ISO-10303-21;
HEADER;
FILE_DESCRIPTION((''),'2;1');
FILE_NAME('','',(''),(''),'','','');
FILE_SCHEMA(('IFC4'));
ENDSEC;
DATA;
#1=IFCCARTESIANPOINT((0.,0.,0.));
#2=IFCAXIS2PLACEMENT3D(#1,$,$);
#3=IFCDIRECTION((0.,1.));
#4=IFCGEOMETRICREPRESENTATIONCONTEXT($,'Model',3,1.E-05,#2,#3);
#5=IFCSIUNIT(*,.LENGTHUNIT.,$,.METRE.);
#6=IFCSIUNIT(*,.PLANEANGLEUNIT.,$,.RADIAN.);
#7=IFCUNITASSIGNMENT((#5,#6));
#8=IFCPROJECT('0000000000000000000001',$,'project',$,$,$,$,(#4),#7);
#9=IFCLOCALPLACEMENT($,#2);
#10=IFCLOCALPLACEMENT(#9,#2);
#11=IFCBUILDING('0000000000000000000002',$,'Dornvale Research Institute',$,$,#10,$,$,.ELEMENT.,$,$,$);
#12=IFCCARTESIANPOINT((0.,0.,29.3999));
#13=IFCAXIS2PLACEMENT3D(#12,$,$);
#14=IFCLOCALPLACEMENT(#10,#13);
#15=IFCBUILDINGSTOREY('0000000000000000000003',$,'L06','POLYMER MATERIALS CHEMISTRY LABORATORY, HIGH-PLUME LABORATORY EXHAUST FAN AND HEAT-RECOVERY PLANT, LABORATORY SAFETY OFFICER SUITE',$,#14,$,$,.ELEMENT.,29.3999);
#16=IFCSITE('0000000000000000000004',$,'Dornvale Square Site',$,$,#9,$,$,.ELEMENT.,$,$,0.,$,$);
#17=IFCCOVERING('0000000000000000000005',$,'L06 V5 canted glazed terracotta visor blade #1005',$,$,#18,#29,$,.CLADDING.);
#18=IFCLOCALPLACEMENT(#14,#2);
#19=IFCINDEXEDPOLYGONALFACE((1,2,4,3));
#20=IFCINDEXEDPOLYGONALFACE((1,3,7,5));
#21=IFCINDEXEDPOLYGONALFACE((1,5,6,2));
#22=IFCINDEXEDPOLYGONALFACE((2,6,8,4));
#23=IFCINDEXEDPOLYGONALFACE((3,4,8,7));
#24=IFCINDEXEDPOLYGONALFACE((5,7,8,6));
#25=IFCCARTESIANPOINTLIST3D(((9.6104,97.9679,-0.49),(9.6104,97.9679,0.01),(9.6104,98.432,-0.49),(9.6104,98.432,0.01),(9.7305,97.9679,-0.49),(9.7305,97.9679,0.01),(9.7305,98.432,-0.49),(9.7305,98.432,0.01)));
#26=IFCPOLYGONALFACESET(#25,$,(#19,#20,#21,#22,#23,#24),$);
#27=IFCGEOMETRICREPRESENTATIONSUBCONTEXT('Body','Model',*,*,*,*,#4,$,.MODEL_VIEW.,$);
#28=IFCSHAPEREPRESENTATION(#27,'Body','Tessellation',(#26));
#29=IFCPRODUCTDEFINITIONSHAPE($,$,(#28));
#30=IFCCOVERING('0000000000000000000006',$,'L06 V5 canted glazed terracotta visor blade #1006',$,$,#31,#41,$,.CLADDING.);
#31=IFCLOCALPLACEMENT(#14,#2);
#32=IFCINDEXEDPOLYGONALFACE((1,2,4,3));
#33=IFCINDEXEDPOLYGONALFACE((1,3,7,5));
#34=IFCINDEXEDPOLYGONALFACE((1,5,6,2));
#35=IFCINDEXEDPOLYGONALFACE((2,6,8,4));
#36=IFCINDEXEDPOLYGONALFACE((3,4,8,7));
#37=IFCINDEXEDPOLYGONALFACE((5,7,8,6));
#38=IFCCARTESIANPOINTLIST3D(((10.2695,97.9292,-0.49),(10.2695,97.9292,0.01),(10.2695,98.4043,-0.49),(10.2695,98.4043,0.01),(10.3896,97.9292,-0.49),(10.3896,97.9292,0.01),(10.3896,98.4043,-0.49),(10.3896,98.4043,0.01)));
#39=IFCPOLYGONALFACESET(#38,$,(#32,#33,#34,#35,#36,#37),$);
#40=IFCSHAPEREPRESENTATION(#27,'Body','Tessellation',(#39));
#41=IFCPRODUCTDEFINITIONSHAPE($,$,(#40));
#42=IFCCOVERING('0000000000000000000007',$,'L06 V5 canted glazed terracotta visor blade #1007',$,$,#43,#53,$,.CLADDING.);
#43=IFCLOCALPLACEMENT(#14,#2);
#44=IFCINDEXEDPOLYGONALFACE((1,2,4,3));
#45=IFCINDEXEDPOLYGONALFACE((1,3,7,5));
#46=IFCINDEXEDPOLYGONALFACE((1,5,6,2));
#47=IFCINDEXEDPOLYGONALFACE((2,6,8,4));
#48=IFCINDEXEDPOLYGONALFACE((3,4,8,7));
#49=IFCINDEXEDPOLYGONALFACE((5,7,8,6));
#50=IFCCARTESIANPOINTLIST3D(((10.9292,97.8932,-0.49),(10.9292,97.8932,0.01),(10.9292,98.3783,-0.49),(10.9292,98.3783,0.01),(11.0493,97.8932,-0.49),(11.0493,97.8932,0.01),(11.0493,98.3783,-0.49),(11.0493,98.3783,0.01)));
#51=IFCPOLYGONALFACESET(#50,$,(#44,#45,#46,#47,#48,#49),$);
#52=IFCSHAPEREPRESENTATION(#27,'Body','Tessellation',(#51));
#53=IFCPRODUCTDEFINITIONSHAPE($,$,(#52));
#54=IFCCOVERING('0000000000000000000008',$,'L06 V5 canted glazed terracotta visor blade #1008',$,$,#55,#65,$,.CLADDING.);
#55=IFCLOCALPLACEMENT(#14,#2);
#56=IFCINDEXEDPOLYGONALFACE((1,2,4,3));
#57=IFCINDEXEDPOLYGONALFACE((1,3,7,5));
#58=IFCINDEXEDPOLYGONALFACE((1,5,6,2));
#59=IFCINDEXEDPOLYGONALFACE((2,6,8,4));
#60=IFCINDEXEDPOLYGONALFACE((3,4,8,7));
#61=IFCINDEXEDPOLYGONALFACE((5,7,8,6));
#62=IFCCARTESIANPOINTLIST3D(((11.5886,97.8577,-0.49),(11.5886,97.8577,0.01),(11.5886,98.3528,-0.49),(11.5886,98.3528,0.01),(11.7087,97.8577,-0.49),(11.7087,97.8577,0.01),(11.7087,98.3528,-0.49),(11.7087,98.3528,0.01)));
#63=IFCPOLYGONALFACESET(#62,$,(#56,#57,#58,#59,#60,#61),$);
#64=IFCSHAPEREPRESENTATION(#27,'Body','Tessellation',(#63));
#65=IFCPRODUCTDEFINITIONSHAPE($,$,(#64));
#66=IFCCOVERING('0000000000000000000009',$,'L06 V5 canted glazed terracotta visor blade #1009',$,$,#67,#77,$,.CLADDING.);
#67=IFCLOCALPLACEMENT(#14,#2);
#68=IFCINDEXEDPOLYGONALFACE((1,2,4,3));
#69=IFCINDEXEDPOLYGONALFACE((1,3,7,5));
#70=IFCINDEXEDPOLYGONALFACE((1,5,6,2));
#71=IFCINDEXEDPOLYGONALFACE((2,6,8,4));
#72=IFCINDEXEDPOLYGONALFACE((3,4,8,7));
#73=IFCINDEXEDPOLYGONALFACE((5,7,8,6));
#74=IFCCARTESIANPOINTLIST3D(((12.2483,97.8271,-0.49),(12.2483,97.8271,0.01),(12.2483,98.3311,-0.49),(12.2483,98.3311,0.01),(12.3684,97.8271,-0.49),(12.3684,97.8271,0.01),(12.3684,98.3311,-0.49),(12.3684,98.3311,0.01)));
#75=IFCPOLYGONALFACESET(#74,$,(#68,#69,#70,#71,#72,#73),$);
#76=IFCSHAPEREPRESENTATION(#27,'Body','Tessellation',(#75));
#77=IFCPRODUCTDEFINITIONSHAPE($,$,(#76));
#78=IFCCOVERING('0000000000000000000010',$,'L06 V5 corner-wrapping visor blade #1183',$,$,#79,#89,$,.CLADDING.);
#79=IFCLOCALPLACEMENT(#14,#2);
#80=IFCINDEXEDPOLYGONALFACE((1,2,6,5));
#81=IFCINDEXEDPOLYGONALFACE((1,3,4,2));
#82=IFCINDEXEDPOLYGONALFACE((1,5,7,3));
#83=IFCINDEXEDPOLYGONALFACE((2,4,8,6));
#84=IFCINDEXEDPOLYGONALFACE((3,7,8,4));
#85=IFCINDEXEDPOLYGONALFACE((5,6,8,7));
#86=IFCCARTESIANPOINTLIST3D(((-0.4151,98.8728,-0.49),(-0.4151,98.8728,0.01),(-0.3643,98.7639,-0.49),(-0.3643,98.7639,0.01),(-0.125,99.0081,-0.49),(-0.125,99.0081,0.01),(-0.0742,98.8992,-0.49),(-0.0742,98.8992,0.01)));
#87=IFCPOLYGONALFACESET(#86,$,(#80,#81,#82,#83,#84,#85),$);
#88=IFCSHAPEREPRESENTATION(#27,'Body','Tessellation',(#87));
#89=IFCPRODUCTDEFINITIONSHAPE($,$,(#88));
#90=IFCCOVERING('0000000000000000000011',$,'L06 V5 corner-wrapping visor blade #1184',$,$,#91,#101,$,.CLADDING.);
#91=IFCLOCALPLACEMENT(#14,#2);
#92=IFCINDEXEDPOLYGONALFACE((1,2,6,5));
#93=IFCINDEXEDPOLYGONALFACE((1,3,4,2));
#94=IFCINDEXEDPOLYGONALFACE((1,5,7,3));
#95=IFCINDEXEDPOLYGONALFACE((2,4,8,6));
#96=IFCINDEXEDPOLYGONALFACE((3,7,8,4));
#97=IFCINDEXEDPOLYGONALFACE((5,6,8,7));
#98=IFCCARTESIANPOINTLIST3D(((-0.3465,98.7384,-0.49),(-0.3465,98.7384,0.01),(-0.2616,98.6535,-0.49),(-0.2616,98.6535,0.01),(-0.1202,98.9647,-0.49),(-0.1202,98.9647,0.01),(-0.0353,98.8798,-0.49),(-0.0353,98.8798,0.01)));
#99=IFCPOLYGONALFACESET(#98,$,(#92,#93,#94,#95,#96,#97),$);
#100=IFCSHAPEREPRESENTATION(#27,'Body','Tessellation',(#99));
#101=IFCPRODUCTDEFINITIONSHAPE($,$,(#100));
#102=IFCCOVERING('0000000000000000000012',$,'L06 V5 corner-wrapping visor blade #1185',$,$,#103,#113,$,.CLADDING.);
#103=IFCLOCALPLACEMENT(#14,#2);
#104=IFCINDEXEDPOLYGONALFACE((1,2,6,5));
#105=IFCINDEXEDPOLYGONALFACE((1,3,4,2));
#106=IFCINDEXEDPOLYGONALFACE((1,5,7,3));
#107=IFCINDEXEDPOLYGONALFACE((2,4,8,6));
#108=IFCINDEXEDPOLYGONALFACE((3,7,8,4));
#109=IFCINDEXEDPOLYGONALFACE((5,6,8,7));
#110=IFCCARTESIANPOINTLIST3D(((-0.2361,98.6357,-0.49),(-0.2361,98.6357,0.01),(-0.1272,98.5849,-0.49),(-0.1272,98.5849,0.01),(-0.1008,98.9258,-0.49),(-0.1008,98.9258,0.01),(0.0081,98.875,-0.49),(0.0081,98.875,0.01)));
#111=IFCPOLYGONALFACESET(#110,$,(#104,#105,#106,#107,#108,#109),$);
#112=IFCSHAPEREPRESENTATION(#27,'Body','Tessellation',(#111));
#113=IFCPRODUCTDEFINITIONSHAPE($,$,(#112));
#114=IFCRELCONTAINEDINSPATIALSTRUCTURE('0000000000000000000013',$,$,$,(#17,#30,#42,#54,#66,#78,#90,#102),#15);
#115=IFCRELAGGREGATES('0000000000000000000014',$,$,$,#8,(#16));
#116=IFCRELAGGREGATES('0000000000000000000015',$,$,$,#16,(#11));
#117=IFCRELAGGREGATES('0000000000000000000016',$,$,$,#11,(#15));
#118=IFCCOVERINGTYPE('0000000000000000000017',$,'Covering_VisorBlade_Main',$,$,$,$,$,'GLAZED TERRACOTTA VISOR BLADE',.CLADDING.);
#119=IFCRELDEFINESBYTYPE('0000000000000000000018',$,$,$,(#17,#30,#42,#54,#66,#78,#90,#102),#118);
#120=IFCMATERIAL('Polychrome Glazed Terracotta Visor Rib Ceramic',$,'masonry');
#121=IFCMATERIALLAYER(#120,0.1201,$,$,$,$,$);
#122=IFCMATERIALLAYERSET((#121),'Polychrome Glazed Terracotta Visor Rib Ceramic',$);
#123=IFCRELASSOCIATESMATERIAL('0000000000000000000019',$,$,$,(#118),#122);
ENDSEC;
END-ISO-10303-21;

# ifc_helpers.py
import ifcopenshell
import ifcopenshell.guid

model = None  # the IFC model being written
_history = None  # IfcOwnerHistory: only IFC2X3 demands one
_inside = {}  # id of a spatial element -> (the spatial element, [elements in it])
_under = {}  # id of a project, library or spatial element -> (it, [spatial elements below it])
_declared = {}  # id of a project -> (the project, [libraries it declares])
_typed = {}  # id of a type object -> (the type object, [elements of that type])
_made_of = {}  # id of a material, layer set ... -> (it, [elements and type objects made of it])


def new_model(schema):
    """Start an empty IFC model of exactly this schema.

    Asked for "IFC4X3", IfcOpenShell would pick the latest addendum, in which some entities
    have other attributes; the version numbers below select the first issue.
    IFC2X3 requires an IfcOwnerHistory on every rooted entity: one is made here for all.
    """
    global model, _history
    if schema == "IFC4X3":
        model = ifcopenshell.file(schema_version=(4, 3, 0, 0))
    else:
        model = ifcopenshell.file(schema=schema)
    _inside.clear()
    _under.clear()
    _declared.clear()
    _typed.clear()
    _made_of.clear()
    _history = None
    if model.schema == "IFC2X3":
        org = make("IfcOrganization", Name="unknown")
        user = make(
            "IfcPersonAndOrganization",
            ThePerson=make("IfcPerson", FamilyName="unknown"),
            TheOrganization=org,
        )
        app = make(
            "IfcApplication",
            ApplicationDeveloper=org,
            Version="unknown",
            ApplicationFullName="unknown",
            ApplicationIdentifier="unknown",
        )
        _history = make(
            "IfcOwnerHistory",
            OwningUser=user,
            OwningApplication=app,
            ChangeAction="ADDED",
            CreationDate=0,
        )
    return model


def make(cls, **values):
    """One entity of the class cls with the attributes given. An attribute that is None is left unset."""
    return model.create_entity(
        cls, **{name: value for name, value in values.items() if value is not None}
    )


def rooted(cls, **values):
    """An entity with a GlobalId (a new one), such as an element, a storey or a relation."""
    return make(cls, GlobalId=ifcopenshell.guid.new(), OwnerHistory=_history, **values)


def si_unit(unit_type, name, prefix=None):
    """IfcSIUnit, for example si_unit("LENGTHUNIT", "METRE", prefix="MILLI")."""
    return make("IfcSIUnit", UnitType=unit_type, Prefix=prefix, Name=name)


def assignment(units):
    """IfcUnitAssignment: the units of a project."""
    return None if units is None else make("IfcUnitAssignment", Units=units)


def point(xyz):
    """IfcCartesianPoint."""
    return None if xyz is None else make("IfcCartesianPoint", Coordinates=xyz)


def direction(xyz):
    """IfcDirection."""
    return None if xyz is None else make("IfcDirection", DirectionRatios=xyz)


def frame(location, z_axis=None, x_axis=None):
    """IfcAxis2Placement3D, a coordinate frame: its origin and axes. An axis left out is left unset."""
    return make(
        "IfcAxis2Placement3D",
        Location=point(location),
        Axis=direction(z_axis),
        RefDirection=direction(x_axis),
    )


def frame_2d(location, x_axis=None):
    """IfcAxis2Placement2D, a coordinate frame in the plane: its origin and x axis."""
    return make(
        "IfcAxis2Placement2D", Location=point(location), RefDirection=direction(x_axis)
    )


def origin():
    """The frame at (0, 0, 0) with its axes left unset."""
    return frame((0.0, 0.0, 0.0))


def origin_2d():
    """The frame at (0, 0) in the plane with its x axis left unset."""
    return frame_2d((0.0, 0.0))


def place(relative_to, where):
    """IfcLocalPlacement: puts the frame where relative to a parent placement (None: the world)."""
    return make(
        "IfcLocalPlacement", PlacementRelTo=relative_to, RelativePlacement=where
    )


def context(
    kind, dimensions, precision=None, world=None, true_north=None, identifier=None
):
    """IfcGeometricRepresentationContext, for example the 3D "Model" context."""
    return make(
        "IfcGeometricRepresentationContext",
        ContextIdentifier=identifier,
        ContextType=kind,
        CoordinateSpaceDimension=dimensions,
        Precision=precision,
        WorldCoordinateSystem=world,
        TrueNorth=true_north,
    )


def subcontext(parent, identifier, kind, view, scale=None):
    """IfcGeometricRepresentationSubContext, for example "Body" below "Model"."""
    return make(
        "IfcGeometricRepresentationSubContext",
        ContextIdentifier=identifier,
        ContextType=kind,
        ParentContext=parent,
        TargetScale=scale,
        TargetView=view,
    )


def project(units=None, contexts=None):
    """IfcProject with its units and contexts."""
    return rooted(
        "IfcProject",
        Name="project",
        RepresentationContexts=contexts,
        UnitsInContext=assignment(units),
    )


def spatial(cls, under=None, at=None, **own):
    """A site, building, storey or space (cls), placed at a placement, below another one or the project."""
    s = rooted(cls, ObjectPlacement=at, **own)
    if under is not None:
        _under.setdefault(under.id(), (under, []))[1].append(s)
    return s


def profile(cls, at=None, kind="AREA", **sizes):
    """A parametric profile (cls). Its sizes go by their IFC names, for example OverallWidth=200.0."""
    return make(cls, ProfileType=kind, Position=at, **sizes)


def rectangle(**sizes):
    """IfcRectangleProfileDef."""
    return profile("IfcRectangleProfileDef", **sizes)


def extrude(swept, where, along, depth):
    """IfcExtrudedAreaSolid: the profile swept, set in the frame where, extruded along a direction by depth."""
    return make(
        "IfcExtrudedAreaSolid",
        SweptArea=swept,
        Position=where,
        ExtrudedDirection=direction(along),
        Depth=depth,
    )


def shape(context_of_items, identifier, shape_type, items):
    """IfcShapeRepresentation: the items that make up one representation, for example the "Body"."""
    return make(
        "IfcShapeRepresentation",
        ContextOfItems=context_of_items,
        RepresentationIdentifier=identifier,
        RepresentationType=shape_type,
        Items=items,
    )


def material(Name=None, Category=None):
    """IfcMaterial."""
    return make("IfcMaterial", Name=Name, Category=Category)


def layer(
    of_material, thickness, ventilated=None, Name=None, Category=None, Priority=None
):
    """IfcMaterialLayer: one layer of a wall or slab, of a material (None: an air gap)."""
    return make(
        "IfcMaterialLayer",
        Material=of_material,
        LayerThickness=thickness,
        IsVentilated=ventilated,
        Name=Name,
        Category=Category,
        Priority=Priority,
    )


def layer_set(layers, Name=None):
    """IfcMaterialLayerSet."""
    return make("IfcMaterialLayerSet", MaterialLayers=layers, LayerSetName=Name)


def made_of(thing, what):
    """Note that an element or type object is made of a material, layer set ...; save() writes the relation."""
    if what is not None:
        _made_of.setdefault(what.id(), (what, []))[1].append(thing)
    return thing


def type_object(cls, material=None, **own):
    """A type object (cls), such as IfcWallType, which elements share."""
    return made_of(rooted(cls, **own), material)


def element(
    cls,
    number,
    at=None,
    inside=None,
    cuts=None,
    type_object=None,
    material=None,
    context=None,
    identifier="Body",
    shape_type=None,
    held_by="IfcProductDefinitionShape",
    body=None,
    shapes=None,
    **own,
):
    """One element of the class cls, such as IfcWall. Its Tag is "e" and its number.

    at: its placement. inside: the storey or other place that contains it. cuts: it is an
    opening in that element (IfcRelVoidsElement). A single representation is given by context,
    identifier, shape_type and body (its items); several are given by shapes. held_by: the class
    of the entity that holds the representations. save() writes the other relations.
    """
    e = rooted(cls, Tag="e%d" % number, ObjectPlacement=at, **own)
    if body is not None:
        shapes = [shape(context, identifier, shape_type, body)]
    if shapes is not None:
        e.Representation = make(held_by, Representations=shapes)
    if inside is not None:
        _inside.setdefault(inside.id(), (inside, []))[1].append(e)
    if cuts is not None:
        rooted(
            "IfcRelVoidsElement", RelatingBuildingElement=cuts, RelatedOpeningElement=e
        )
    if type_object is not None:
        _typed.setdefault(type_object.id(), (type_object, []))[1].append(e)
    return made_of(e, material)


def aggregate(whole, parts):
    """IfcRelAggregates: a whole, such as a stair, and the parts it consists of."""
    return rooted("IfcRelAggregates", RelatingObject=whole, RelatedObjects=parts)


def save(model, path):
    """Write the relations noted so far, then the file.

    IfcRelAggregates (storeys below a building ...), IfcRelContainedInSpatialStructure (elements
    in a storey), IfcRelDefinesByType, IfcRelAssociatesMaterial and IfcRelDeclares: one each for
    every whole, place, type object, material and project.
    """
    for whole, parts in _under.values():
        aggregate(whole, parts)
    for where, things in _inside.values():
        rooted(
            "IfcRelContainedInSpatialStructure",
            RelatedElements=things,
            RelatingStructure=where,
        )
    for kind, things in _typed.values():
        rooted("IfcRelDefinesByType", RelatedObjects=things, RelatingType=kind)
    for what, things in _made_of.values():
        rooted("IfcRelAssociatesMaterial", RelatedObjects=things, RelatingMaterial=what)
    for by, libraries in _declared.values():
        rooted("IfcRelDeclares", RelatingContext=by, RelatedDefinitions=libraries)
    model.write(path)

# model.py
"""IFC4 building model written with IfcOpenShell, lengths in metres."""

from ifc_helpers import new_model, si_unit, direction, frame, origin, origin_2d, place, context, subcontext, project, spatial, rectangle, extrude, material, layer, layer_set, type_object, element, save


model = new_model("IFC4")

# Units and contexts
model_context = context("Model", 3, precision=1e-05, world=origin(), true_north=direction((0.0, 1.0)))
body_context = subcontext(model_context, "Body", "Model", "MODEL_VIEW")
ifc_project = project(units=[si_unit("LENGTHUNIT", "METRE"), si_unit("PLANEANGLEUNIT", "RADIAN")], contexts=[model_context])

# Site, building, storey
site_placement = place(None, origin())
site = spatial("IfcSite", under=ifc_project, at=site_placement, Name="Dornvale Square Site", CompositionType="ELEMENT", RefElevation=0.0)
building_placement = place(site_placement, origin())
building = spatial("IfcBuilding", under=site, at=building_placement, Name="Dornvale Research Institute", CompositionType="ELEMENT")
storey_placement = place(building_placement, frame((0.0, 0.0, 29.3999)))
storey = spatial("IfcBuildingStorey", under=building, at=storey_placement, Name="L06", Description="POLYMER MATERIALS CHEMISTRY LABORATORY, HIGH-PLUME LABORATORY EXHAUST FAN AND HEAT-RECOVERY PLANT, LABORATORY SAFETY OFFICER SUITE", CompositionType="ELEMENT", Elevation=29.3999)

# Coverings
ifc_material_1 = material(Name="Polychrome Glazed Terracotta Visor Rib Ceramic", Category="masonry")
ifc_layer = layer(ifc_material_1, 0.1201)
ifc_layer_set = layer_set([ifc_layer], Name="Polychrome Glazed Terracotta Visor Rib Ceramic")
covering_type = type_object("IfcCoveringType", Name="Covering_VisorBlade_Main", ElementType="GLAZED TERRACOTTA VISOR BLADE", PredefinedType="CLADDING", material=ifc_layer_set)
covering_1_placement = place(storey_placement, frame((9.6704, 98.2, -0.49), z_axis=(0.0, 0.0, 1.0), x_axis=(0.0, 1.0, 0.0)))
element("IfcCovering", 1, at=covering_1_placement, inside=storey, type_object=covering_type, Name="L06 V5 canted glazed terracotta visor blade #1005", PredefinedType="CLADDING", context=body_context, shape_type="SweptSolid", body=[
    extrude(rectangle(XDim=0.4641, YDim=0.1201, at=origin_2d()), origin(), (0.0, 0.0, 1.0), 0.5),
])
covering_2_placement = place(storey_placement, frame((10.3296, 98.1667, -0.49), z_axis=(0.0, 0.0, 1.0), x_axis=(0.0, 1.0, 0.0)))
element("IfcCovering", 2, at=covering_2_placement, inside=storey, type_object=covering_type, Name="L06 V5 canted glazed terracotta visor blade #1006", PredefinedType="CLADDING", context=body_context, shape_type="SweptSolid", body=[
    extrude(rectangle(XDim=0.4751, YDim=0.1201, at=origin_2d()), origin(), (0.0, 0.0, 1.0), 0.5),
])
covering_3_placement = place(storey_placement, frame((10.9893, 98.1357, -0.49), z_axis=(0.0, 0.0, 1.0), x_axis=(0.0, 1.0, 0.0)))
element("IfcCovering", 3, at=covering_3_placement, inside=storey, type_object=covering_type, Name="L06 V5 canted glazed terracotta visor blade #1007", PredefinedType="CLADDING", context=body_context, shape_type="SweptSolid", body=[
    extrude(rectangle(XDim=0.4851, YDim=0.1201, at=origin_2d()), origin(), (0.0, 0.0, 1.0), 0.5),
])
covering_4_placement = place(storey_placement, frame((11.6487, 98.1052, -0.49), z_axis=(0.0, 0.0, 1.0), x_axis=(0.0, 1.0, 0.0)))
element("IfcCovering", 4, at=covering_4_placement, inside=storey, type_object=covering_type, Name="L06 V5 canted glazed terracotta visor blade #1008", PredefinedType="CLADDING", context=body_context, shape_type="SweptSolid", body=[
    extrude(rectangle(XDim=0.4951, YDim=0.1201, at=origin_2d()), origin(), (0.0, 0.0, 1.0), 0.5),
])
covering_5_placement = place(storey_placement, frame((12.3083, 98.0791, -0.49), z_axis=(0.0, 0.0, 1.0), x_axis=(0.0, 1.0, 0.0)))
element("IfcCovering", 5, at=covering_5_placement, inside=storey, type_object=covering_type, Name="L06 V5 canted glazed terracotta visor blade #1009", PredefinedType="CLADDING", context=body_context, shape_type="SweptSolid", body=[
    extrude(rectangle(XDim=0.5039, YDim=0.1201, at=origin_2d()), origin(), (0.0, 0.0, 1.0), 0.5),
])
for number, where, z_axis, x_axis, name in (
    (6, (-0.2446, 98.886, -0.49), (0.0, 0.0, 1.0), (-0.906308, -0.422618, 0.0), "L06 V5 corner-wrapping visor blade #1183"),
    (7, (-0.1909, 98.8091, -0.49), (0.0, 0.0, 1.0), (-0.707107, -0.707107, 0.0), "L06 V5 corner-wrapping visor blade #1184"),
    (8, (-0.114, 98.7554, -0.49), (0.0, 0.0, 1.0), (-0.422618, -0.906308, 0.0), "L06 V5 corner-wrapping visor blade #1185"),
):
    element("IfcCovering", number, at=place(storey_placement, frame(where, z_axis=z_axis, x_axis=x_axis)), inside=storey, type_object=covering_type, Name=name, PredefinedType="CLADDING", context=body_context, shape_type="SweptSolid", body=[
        extrude(rectangle(XDim=0.3201, YDim=0.1201, at=origin_2d()), origin(), (0.0, 0.0, 1.0), 0.5),
    ])

save(model, "model.ifc")
